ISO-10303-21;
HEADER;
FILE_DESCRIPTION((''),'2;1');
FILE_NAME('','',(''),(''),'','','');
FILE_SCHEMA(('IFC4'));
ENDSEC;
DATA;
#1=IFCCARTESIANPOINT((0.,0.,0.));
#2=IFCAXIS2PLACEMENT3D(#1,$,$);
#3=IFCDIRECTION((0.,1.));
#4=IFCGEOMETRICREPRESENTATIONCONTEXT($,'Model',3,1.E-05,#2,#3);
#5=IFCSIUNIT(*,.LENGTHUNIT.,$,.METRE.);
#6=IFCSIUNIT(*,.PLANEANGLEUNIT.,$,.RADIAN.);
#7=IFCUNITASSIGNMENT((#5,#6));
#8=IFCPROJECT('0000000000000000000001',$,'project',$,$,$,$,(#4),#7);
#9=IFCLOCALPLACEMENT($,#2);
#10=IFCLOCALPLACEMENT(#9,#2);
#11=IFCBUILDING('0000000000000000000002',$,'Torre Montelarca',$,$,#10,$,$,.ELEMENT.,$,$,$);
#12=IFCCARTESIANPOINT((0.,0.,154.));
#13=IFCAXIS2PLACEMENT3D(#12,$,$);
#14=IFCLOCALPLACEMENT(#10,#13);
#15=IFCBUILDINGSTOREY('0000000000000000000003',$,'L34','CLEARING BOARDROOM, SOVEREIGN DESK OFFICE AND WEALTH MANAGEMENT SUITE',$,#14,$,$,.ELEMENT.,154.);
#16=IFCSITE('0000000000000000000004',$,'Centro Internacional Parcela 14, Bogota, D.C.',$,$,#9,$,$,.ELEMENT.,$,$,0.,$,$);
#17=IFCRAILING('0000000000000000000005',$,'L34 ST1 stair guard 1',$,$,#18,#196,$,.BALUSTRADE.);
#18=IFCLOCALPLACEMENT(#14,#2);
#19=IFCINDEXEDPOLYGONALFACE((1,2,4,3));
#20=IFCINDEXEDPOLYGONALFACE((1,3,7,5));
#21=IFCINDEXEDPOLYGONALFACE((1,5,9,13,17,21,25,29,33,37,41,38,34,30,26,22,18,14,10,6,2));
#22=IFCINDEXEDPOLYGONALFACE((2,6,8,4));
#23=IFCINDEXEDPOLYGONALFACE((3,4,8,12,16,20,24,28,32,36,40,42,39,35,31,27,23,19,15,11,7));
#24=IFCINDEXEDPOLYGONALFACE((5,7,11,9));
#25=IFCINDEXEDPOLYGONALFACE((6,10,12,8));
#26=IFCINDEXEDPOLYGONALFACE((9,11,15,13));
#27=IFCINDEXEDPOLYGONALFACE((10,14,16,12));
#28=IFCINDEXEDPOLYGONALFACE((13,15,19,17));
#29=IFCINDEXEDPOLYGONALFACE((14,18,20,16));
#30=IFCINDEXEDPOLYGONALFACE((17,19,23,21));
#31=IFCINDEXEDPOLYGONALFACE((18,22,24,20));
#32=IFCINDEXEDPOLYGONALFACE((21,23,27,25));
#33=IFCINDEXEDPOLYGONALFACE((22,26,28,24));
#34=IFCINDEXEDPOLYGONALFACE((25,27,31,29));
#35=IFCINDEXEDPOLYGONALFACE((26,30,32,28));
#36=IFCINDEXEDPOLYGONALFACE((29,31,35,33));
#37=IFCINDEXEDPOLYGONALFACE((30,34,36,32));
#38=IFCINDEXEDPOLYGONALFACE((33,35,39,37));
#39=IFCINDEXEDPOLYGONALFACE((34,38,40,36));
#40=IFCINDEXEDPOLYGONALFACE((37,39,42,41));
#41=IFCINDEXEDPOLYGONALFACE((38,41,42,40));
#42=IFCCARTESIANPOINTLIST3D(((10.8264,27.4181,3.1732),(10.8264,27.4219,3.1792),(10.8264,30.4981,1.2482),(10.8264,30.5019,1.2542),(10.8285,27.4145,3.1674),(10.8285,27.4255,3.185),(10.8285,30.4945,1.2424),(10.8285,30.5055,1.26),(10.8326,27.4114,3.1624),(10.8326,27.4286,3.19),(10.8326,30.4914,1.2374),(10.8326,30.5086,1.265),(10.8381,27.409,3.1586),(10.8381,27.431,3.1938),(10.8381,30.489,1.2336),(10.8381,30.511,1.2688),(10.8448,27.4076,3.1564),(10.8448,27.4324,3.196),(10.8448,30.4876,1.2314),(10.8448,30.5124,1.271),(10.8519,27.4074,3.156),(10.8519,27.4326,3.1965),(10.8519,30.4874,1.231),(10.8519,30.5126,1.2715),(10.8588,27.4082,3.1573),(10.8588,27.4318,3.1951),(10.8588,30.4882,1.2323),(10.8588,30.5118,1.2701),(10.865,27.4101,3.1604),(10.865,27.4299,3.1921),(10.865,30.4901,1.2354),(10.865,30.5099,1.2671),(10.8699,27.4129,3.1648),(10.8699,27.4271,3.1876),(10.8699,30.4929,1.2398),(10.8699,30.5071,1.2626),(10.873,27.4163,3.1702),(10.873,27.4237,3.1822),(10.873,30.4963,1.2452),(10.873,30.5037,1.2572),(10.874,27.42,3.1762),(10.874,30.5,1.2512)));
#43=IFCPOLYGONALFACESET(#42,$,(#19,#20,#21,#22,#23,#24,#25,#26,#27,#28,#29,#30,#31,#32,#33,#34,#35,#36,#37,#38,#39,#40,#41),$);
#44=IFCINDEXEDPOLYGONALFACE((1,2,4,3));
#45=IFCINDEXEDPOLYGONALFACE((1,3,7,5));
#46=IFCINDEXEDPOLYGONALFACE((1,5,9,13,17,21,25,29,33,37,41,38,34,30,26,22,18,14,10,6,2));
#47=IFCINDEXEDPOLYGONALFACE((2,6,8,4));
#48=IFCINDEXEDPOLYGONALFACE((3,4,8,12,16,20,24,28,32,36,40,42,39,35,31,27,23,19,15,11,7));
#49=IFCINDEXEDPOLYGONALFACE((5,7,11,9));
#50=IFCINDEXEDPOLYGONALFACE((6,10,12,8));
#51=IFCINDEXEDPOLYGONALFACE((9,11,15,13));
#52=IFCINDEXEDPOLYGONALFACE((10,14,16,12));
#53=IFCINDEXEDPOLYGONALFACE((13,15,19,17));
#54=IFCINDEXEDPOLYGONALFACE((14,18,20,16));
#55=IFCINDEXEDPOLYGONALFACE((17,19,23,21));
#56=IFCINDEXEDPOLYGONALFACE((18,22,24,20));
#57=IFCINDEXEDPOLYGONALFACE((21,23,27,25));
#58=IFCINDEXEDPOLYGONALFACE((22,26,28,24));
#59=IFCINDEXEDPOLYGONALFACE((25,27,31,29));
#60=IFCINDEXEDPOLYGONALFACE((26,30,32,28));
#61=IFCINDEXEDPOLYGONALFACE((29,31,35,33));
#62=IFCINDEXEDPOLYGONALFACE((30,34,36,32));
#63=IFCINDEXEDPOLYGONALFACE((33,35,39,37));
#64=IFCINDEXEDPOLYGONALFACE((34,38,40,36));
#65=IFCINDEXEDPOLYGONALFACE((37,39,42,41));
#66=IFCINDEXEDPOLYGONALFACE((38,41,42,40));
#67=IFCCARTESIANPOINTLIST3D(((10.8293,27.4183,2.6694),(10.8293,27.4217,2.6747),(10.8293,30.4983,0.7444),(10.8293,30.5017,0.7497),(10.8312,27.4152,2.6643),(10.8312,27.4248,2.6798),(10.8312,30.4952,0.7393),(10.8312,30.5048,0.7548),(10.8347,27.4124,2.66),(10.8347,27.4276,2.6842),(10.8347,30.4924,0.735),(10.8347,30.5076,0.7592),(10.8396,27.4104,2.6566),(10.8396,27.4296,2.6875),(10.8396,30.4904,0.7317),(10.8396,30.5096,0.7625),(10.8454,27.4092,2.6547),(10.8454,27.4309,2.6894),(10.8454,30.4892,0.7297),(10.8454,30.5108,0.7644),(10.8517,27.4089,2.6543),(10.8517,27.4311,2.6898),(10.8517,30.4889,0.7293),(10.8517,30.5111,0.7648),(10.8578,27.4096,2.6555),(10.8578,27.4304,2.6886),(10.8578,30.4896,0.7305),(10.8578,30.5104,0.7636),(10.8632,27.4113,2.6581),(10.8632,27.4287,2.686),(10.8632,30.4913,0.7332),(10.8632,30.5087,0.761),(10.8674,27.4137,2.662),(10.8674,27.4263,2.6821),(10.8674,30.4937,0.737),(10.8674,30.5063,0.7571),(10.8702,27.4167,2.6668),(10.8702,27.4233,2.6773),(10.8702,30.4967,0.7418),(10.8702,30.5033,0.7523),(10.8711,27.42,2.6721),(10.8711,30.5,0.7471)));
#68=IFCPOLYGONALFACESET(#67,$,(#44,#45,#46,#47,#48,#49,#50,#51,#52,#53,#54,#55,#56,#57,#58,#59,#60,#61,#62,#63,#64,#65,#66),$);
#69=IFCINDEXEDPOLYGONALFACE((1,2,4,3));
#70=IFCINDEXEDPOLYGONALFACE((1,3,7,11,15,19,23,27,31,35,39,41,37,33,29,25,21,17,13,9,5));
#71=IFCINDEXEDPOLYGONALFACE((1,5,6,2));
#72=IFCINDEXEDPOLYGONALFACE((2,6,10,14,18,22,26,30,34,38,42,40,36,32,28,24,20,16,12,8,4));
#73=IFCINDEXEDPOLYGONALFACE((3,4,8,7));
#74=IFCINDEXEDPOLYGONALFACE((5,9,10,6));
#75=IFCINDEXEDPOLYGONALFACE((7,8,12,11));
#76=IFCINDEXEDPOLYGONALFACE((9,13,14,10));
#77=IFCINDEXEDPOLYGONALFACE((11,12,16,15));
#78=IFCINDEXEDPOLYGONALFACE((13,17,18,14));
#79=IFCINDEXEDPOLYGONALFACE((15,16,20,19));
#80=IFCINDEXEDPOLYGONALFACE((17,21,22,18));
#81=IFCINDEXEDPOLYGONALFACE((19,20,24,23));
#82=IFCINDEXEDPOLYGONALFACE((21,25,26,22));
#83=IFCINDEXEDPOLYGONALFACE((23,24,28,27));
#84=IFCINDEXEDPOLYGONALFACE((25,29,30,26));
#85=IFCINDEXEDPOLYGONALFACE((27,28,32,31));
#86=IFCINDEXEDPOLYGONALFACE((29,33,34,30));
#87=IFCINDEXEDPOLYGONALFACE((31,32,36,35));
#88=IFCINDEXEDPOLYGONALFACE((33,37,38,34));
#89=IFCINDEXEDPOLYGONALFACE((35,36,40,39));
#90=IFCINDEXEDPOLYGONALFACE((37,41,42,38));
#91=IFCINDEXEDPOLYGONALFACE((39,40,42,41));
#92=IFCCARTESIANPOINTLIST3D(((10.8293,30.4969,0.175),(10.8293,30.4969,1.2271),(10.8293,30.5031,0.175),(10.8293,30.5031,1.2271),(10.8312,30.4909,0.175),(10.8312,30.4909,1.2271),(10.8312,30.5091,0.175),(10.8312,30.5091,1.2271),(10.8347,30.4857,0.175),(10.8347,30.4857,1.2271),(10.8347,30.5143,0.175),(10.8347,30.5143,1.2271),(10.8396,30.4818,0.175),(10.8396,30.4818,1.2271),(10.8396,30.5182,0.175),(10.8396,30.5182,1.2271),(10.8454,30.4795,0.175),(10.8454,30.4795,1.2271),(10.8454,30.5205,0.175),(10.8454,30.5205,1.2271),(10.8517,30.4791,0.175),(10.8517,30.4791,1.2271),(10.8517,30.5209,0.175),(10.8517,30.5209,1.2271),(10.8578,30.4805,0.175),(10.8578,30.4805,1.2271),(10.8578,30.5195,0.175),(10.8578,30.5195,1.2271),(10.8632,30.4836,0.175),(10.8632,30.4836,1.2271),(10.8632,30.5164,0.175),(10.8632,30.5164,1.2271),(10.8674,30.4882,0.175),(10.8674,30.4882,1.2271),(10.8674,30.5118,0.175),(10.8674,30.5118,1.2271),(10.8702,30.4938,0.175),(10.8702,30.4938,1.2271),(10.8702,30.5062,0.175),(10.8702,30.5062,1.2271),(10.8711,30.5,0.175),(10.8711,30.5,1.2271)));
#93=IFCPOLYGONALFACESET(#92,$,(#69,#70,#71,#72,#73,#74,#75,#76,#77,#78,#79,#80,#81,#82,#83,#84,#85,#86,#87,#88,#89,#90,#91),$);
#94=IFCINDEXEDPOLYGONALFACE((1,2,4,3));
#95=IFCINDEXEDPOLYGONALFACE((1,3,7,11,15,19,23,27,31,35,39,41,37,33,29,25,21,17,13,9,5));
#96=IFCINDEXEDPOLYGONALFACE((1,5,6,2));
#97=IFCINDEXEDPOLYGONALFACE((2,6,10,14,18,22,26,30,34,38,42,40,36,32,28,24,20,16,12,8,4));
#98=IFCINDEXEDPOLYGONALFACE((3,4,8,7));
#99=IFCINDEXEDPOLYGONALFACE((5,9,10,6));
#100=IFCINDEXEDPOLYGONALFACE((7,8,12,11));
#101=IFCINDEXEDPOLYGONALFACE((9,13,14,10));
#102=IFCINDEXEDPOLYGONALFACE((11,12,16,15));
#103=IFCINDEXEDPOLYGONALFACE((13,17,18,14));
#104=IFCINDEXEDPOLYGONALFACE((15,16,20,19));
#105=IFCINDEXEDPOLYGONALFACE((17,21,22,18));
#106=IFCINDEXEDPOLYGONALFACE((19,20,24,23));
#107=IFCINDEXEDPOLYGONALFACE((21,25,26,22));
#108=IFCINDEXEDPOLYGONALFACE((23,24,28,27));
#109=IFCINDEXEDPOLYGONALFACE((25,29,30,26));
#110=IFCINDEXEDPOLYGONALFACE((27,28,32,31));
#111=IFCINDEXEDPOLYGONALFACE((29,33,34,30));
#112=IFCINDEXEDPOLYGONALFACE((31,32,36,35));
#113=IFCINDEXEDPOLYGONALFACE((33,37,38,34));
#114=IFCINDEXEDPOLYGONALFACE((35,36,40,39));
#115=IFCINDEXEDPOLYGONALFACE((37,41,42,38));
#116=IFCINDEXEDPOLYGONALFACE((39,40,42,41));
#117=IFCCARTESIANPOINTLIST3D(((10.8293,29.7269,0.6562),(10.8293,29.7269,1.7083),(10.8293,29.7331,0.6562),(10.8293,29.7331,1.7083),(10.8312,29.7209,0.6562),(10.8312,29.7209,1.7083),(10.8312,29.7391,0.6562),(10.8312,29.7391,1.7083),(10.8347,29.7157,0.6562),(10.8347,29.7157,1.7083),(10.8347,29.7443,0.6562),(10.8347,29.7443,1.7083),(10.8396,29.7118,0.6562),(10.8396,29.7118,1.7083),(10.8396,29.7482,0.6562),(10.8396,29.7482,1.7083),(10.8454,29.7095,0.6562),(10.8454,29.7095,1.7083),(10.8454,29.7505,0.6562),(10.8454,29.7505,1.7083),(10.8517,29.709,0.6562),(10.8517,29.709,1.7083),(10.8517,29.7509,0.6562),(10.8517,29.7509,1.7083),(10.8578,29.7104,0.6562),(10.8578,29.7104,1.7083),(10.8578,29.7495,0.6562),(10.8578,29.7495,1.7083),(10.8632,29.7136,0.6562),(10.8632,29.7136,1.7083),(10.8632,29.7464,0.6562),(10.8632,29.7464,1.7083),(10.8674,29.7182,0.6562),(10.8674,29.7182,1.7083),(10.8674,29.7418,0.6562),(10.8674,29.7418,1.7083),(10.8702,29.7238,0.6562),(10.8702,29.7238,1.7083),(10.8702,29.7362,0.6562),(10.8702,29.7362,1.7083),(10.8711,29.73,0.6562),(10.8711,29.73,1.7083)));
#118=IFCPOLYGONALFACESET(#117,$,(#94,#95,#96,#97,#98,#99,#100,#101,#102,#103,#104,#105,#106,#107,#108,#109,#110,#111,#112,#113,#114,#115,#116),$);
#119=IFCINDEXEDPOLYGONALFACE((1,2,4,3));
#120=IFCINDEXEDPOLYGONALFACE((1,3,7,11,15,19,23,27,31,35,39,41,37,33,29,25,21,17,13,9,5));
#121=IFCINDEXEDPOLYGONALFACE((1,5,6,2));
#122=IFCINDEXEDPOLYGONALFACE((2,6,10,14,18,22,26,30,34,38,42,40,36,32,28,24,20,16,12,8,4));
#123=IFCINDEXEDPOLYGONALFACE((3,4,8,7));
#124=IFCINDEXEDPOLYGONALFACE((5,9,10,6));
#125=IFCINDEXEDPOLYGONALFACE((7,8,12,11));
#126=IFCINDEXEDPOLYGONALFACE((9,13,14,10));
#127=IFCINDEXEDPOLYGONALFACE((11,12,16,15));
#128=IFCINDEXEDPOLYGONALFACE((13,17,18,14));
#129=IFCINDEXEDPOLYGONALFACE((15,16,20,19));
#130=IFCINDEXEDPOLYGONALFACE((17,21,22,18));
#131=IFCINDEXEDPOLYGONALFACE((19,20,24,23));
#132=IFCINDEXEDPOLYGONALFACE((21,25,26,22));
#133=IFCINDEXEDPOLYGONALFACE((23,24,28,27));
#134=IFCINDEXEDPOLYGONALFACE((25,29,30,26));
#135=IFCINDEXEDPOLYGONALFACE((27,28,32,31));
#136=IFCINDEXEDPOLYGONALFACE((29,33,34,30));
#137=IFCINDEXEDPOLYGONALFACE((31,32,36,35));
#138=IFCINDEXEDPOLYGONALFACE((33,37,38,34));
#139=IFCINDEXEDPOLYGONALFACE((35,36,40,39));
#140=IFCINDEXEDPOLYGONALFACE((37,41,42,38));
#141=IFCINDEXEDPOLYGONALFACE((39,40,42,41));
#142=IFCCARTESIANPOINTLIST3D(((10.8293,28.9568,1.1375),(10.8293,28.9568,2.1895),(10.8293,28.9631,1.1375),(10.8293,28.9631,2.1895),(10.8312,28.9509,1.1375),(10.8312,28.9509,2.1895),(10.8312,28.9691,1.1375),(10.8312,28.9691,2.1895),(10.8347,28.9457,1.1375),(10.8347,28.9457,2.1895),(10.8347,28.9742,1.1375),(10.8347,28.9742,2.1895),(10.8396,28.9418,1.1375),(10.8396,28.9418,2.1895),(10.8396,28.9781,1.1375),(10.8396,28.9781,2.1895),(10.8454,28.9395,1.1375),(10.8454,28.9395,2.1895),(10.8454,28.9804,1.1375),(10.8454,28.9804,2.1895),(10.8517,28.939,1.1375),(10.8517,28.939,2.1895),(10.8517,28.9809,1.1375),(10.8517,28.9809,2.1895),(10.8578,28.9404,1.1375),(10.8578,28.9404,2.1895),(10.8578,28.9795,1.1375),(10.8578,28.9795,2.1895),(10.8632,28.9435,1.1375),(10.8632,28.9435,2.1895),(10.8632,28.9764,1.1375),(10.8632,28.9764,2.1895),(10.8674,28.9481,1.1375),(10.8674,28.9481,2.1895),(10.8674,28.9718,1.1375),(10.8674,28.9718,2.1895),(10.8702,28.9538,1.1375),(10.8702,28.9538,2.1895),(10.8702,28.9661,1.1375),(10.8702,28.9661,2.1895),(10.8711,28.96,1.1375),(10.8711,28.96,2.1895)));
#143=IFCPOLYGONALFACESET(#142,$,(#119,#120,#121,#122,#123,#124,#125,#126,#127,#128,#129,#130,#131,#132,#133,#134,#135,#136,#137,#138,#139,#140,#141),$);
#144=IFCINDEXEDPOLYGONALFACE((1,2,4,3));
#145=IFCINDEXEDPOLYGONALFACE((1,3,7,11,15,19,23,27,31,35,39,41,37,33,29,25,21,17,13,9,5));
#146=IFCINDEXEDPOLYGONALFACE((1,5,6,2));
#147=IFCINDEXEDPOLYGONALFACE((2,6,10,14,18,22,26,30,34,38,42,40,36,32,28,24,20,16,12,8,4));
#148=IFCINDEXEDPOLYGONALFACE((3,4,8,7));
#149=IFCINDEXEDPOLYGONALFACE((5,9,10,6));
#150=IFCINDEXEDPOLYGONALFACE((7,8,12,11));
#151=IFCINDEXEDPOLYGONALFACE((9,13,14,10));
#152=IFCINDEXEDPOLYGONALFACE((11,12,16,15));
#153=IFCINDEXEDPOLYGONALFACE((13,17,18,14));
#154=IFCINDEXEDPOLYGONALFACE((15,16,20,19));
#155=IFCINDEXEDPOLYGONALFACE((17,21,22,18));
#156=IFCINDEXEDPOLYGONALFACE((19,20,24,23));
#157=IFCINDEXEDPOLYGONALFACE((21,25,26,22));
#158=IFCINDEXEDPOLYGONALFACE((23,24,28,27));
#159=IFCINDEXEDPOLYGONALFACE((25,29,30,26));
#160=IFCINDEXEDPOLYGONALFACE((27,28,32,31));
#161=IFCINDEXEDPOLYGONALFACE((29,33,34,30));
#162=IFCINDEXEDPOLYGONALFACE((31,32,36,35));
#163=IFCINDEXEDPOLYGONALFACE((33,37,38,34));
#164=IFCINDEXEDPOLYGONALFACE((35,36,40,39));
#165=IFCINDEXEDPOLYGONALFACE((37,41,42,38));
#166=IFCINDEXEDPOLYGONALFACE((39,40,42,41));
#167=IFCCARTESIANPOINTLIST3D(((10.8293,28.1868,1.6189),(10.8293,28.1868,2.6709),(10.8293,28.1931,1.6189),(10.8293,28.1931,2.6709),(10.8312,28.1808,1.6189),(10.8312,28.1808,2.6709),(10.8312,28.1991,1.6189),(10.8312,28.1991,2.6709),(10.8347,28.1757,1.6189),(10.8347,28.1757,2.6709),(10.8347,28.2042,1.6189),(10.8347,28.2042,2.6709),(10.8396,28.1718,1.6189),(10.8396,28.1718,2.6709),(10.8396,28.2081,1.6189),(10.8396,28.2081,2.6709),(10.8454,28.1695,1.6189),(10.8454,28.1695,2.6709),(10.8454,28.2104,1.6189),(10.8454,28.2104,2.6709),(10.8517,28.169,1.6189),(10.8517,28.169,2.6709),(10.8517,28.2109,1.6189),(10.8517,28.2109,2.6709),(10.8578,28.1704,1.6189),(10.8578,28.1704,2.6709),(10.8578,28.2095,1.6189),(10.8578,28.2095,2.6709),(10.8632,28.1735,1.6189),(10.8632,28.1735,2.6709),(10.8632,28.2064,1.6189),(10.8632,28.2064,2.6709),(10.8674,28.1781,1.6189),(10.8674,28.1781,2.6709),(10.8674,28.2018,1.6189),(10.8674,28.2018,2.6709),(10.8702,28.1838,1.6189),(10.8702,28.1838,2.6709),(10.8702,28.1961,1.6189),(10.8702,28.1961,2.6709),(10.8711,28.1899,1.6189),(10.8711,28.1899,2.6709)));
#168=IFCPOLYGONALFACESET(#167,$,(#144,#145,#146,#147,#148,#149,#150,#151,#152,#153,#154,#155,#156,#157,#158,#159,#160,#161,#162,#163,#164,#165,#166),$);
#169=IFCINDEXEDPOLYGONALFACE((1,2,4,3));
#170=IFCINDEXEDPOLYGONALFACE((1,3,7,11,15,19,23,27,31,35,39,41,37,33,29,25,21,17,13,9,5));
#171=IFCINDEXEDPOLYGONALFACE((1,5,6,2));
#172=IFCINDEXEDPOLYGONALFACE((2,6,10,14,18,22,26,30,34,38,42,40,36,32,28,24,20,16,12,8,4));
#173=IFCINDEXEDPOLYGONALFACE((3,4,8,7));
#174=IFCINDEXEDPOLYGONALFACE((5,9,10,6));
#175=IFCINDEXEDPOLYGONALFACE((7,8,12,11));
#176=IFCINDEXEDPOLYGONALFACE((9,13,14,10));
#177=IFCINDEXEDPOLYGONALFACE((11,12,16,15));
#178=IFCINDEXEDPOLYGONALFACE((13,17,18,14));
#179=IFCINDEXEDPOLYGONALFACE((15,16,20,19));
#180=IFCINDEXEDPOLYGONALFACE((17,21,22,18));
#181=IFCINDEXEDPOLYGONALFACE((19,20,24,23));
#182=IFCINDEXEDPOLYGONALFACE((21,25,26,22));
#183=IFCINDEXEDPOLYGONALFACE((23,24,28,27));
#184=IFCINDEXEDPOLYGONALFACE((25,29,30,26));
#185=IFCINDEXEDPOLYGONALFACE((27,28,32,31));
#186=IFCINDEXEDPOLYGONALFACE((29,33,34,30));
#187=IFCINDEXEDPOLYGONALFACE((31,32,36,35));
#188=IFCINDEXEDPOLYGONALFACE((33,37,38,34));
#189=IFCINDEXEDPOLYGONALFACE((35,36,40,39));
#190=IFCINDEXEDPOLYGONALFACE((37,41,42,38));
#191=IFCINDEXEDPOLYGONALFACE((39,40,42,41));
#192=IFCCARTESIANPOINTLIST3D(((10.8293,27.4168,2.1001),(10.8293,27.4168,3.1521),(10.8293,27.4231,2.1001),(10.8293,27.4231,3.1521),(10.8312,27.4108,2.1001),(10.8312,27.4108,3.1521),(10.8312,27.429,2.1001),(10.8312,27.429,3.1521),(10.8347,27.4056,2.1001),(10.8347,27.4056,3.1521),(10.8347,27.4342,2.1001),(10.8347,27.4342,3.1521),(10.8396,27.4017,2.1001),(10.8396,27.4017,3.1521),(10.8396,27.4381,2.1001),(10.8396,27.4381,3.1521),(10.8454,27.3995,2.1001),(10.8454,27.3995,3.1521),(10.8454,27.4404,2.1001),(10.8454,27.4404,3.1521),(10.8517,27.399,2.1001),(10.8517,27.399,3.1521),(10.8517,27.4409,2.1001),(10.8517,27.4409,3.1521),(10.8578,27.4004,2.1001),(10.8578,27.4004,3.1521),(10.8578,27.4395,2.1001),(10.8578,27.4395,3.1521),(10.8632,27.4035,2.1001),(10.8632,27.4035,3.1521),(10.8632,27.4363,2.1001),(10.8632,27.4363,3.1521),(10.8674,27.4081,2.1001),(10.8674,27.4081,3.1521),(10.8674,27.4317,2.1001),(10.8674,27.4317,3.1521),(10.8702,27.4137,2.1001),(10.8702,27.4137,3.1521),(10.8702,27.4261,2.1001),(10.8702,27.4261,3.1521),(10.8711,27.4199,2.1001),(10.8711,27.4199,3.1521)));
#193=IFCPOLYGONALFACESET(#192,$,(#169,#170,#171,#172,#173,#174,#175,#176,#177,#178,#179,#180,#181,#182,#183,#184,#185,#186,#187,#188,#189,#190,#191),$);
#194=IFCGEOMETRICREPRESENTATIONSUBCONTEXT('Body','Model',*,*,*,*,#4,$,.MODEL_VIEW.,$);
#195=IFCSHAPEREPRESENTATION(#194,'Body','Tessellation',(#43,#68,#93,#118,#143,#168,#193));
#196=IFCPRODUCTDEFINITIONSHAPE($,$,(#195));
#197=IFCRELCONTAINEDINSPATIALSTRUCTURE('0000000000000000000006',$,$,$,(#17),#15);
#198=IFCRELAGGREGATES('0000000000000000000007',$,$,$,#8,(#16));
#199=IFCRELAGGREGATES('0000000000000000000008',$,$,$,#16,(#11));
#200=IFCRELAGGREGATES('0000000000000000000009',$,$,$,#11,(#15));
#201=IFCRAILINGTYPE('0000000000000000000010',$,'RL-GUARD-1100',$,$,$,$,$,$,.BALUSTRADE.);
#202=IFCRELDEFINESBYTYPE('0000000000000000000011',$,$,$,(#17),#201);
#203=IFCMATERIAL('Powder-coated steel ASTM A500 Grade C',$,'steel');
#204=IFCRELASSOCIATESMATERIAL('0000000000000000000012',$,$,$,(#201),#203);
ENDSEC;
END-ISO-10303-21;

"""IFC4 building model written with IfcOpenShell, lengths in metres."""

from ifc_helpers import new_model, si_unit, direction, frame, origin, origin_2d, place, context, subcontext, project, spatial, circle, extrude, material, type_object, element, save


model = new_model("IFC4")

# Units and contexts
model_context = context("Model", 3, precision=1e-05, world=origin(), true_north=direction((0.0, 1.0)))
body_context = subcontext(model_context, "Body", "Model", "MODEL_VIEW")
ifc_project = project(units=[si_unit("LENGTHUNIT", "METRE"), si_unit("PLANEANGLEUNIT", "RADIAN")], contexts=[model_context])

# Site, building, storey
site_placement = place(None, origin())
site = spatial("IfcSite", under=ifc_project, at=site_placement, Name="Centro Internacional Parcela 14, Bogota, D.C.", CompositionType="ELEMENT", RefElevation=0.0)
building_placement = place(site_placement, origin())
building = spatial("IfcBuilding", under=site, at=building_placement, Name="Torre Montelarca", CompositionType="ELEMENT")
storey_placement = place(building_placement, frame((0.0, 0.0, 154.0)))
storey = spatial("IfcBuildingStorey", under=building, at=storey_placement, Name="L34", Description="CLEARING BOARDROOM, SOVEREIGN DESK OFFICE AND WEALTH MANAGEMENT SUITE", CompositionType="ELEMENT", Elevation=154.0)

# Railing
ifc_material_1 = material(Name="Powder-coated steel ASTM A500 Grade C", Category="steel")
railing_type = type_object("IfcRailingType", Name="RL-GUARD-1100", PredefinedType="BALUSTRADE", material=ifc_material_1)
railing_1_placement = place(storey_placement, frame((10.8501, 30.5, 0.175)))
element("IfcRailing", 1, at=railing_1_placement, inside=storey, type_object=railing_type, Name="L34 ST1 stair guard 1", PredefinedType="BALUSTRADE", context=body_context, shape_type="SweptSolid", body=[
    extrude(circle(Radius=0.0239, at=origin_2d()), frame((0.0, 0.0, 1.0762), z_axis=(0.0, -0.847998, 0.529999), x_axis=(1.0, 0.0, 0.0)), (0.0, 0.0, 1.0), 3.6321),
    extrude(circle(Radius=0.021, at=origin_2d()), frame((0.0, 0.0, 0.572), z_axis=(0.0, -0.847998, 0.529999), x_axis=(1.0, 0.0, 0.0)), (0.0, 0.0, 1.0), 3.6321),
    extrude(circle(Radius=0.021, at=origin_2d()), origin(), (0.0, 0.0, 1.0), 1.052),
    extrude(circle(Radius=0.021, at=origin_2d()), frame((0.0, -0.77, 0.4812)), (0.0, 0.0, 1.0), 1.052),
    extrude(circle(Radius=0.021, at=origin_2d()), frame((0.0, -1.54, 0.9624)), (0.0, 0.0, 1.0), 1.052),
    extrude(circle(Radius=0.021, at=origin_2d()), frame((0.0, -2.3101, 1.4438)), (0.0, 0.0, 1.0), 1.052),
    extrude(circle(Radius=0.021, at=origin_2d()), frame((0.0, -3.0801, 1.925)), (0.0, 0.0, 1.0), 1.052),
])

save(model, "model.ifc")
